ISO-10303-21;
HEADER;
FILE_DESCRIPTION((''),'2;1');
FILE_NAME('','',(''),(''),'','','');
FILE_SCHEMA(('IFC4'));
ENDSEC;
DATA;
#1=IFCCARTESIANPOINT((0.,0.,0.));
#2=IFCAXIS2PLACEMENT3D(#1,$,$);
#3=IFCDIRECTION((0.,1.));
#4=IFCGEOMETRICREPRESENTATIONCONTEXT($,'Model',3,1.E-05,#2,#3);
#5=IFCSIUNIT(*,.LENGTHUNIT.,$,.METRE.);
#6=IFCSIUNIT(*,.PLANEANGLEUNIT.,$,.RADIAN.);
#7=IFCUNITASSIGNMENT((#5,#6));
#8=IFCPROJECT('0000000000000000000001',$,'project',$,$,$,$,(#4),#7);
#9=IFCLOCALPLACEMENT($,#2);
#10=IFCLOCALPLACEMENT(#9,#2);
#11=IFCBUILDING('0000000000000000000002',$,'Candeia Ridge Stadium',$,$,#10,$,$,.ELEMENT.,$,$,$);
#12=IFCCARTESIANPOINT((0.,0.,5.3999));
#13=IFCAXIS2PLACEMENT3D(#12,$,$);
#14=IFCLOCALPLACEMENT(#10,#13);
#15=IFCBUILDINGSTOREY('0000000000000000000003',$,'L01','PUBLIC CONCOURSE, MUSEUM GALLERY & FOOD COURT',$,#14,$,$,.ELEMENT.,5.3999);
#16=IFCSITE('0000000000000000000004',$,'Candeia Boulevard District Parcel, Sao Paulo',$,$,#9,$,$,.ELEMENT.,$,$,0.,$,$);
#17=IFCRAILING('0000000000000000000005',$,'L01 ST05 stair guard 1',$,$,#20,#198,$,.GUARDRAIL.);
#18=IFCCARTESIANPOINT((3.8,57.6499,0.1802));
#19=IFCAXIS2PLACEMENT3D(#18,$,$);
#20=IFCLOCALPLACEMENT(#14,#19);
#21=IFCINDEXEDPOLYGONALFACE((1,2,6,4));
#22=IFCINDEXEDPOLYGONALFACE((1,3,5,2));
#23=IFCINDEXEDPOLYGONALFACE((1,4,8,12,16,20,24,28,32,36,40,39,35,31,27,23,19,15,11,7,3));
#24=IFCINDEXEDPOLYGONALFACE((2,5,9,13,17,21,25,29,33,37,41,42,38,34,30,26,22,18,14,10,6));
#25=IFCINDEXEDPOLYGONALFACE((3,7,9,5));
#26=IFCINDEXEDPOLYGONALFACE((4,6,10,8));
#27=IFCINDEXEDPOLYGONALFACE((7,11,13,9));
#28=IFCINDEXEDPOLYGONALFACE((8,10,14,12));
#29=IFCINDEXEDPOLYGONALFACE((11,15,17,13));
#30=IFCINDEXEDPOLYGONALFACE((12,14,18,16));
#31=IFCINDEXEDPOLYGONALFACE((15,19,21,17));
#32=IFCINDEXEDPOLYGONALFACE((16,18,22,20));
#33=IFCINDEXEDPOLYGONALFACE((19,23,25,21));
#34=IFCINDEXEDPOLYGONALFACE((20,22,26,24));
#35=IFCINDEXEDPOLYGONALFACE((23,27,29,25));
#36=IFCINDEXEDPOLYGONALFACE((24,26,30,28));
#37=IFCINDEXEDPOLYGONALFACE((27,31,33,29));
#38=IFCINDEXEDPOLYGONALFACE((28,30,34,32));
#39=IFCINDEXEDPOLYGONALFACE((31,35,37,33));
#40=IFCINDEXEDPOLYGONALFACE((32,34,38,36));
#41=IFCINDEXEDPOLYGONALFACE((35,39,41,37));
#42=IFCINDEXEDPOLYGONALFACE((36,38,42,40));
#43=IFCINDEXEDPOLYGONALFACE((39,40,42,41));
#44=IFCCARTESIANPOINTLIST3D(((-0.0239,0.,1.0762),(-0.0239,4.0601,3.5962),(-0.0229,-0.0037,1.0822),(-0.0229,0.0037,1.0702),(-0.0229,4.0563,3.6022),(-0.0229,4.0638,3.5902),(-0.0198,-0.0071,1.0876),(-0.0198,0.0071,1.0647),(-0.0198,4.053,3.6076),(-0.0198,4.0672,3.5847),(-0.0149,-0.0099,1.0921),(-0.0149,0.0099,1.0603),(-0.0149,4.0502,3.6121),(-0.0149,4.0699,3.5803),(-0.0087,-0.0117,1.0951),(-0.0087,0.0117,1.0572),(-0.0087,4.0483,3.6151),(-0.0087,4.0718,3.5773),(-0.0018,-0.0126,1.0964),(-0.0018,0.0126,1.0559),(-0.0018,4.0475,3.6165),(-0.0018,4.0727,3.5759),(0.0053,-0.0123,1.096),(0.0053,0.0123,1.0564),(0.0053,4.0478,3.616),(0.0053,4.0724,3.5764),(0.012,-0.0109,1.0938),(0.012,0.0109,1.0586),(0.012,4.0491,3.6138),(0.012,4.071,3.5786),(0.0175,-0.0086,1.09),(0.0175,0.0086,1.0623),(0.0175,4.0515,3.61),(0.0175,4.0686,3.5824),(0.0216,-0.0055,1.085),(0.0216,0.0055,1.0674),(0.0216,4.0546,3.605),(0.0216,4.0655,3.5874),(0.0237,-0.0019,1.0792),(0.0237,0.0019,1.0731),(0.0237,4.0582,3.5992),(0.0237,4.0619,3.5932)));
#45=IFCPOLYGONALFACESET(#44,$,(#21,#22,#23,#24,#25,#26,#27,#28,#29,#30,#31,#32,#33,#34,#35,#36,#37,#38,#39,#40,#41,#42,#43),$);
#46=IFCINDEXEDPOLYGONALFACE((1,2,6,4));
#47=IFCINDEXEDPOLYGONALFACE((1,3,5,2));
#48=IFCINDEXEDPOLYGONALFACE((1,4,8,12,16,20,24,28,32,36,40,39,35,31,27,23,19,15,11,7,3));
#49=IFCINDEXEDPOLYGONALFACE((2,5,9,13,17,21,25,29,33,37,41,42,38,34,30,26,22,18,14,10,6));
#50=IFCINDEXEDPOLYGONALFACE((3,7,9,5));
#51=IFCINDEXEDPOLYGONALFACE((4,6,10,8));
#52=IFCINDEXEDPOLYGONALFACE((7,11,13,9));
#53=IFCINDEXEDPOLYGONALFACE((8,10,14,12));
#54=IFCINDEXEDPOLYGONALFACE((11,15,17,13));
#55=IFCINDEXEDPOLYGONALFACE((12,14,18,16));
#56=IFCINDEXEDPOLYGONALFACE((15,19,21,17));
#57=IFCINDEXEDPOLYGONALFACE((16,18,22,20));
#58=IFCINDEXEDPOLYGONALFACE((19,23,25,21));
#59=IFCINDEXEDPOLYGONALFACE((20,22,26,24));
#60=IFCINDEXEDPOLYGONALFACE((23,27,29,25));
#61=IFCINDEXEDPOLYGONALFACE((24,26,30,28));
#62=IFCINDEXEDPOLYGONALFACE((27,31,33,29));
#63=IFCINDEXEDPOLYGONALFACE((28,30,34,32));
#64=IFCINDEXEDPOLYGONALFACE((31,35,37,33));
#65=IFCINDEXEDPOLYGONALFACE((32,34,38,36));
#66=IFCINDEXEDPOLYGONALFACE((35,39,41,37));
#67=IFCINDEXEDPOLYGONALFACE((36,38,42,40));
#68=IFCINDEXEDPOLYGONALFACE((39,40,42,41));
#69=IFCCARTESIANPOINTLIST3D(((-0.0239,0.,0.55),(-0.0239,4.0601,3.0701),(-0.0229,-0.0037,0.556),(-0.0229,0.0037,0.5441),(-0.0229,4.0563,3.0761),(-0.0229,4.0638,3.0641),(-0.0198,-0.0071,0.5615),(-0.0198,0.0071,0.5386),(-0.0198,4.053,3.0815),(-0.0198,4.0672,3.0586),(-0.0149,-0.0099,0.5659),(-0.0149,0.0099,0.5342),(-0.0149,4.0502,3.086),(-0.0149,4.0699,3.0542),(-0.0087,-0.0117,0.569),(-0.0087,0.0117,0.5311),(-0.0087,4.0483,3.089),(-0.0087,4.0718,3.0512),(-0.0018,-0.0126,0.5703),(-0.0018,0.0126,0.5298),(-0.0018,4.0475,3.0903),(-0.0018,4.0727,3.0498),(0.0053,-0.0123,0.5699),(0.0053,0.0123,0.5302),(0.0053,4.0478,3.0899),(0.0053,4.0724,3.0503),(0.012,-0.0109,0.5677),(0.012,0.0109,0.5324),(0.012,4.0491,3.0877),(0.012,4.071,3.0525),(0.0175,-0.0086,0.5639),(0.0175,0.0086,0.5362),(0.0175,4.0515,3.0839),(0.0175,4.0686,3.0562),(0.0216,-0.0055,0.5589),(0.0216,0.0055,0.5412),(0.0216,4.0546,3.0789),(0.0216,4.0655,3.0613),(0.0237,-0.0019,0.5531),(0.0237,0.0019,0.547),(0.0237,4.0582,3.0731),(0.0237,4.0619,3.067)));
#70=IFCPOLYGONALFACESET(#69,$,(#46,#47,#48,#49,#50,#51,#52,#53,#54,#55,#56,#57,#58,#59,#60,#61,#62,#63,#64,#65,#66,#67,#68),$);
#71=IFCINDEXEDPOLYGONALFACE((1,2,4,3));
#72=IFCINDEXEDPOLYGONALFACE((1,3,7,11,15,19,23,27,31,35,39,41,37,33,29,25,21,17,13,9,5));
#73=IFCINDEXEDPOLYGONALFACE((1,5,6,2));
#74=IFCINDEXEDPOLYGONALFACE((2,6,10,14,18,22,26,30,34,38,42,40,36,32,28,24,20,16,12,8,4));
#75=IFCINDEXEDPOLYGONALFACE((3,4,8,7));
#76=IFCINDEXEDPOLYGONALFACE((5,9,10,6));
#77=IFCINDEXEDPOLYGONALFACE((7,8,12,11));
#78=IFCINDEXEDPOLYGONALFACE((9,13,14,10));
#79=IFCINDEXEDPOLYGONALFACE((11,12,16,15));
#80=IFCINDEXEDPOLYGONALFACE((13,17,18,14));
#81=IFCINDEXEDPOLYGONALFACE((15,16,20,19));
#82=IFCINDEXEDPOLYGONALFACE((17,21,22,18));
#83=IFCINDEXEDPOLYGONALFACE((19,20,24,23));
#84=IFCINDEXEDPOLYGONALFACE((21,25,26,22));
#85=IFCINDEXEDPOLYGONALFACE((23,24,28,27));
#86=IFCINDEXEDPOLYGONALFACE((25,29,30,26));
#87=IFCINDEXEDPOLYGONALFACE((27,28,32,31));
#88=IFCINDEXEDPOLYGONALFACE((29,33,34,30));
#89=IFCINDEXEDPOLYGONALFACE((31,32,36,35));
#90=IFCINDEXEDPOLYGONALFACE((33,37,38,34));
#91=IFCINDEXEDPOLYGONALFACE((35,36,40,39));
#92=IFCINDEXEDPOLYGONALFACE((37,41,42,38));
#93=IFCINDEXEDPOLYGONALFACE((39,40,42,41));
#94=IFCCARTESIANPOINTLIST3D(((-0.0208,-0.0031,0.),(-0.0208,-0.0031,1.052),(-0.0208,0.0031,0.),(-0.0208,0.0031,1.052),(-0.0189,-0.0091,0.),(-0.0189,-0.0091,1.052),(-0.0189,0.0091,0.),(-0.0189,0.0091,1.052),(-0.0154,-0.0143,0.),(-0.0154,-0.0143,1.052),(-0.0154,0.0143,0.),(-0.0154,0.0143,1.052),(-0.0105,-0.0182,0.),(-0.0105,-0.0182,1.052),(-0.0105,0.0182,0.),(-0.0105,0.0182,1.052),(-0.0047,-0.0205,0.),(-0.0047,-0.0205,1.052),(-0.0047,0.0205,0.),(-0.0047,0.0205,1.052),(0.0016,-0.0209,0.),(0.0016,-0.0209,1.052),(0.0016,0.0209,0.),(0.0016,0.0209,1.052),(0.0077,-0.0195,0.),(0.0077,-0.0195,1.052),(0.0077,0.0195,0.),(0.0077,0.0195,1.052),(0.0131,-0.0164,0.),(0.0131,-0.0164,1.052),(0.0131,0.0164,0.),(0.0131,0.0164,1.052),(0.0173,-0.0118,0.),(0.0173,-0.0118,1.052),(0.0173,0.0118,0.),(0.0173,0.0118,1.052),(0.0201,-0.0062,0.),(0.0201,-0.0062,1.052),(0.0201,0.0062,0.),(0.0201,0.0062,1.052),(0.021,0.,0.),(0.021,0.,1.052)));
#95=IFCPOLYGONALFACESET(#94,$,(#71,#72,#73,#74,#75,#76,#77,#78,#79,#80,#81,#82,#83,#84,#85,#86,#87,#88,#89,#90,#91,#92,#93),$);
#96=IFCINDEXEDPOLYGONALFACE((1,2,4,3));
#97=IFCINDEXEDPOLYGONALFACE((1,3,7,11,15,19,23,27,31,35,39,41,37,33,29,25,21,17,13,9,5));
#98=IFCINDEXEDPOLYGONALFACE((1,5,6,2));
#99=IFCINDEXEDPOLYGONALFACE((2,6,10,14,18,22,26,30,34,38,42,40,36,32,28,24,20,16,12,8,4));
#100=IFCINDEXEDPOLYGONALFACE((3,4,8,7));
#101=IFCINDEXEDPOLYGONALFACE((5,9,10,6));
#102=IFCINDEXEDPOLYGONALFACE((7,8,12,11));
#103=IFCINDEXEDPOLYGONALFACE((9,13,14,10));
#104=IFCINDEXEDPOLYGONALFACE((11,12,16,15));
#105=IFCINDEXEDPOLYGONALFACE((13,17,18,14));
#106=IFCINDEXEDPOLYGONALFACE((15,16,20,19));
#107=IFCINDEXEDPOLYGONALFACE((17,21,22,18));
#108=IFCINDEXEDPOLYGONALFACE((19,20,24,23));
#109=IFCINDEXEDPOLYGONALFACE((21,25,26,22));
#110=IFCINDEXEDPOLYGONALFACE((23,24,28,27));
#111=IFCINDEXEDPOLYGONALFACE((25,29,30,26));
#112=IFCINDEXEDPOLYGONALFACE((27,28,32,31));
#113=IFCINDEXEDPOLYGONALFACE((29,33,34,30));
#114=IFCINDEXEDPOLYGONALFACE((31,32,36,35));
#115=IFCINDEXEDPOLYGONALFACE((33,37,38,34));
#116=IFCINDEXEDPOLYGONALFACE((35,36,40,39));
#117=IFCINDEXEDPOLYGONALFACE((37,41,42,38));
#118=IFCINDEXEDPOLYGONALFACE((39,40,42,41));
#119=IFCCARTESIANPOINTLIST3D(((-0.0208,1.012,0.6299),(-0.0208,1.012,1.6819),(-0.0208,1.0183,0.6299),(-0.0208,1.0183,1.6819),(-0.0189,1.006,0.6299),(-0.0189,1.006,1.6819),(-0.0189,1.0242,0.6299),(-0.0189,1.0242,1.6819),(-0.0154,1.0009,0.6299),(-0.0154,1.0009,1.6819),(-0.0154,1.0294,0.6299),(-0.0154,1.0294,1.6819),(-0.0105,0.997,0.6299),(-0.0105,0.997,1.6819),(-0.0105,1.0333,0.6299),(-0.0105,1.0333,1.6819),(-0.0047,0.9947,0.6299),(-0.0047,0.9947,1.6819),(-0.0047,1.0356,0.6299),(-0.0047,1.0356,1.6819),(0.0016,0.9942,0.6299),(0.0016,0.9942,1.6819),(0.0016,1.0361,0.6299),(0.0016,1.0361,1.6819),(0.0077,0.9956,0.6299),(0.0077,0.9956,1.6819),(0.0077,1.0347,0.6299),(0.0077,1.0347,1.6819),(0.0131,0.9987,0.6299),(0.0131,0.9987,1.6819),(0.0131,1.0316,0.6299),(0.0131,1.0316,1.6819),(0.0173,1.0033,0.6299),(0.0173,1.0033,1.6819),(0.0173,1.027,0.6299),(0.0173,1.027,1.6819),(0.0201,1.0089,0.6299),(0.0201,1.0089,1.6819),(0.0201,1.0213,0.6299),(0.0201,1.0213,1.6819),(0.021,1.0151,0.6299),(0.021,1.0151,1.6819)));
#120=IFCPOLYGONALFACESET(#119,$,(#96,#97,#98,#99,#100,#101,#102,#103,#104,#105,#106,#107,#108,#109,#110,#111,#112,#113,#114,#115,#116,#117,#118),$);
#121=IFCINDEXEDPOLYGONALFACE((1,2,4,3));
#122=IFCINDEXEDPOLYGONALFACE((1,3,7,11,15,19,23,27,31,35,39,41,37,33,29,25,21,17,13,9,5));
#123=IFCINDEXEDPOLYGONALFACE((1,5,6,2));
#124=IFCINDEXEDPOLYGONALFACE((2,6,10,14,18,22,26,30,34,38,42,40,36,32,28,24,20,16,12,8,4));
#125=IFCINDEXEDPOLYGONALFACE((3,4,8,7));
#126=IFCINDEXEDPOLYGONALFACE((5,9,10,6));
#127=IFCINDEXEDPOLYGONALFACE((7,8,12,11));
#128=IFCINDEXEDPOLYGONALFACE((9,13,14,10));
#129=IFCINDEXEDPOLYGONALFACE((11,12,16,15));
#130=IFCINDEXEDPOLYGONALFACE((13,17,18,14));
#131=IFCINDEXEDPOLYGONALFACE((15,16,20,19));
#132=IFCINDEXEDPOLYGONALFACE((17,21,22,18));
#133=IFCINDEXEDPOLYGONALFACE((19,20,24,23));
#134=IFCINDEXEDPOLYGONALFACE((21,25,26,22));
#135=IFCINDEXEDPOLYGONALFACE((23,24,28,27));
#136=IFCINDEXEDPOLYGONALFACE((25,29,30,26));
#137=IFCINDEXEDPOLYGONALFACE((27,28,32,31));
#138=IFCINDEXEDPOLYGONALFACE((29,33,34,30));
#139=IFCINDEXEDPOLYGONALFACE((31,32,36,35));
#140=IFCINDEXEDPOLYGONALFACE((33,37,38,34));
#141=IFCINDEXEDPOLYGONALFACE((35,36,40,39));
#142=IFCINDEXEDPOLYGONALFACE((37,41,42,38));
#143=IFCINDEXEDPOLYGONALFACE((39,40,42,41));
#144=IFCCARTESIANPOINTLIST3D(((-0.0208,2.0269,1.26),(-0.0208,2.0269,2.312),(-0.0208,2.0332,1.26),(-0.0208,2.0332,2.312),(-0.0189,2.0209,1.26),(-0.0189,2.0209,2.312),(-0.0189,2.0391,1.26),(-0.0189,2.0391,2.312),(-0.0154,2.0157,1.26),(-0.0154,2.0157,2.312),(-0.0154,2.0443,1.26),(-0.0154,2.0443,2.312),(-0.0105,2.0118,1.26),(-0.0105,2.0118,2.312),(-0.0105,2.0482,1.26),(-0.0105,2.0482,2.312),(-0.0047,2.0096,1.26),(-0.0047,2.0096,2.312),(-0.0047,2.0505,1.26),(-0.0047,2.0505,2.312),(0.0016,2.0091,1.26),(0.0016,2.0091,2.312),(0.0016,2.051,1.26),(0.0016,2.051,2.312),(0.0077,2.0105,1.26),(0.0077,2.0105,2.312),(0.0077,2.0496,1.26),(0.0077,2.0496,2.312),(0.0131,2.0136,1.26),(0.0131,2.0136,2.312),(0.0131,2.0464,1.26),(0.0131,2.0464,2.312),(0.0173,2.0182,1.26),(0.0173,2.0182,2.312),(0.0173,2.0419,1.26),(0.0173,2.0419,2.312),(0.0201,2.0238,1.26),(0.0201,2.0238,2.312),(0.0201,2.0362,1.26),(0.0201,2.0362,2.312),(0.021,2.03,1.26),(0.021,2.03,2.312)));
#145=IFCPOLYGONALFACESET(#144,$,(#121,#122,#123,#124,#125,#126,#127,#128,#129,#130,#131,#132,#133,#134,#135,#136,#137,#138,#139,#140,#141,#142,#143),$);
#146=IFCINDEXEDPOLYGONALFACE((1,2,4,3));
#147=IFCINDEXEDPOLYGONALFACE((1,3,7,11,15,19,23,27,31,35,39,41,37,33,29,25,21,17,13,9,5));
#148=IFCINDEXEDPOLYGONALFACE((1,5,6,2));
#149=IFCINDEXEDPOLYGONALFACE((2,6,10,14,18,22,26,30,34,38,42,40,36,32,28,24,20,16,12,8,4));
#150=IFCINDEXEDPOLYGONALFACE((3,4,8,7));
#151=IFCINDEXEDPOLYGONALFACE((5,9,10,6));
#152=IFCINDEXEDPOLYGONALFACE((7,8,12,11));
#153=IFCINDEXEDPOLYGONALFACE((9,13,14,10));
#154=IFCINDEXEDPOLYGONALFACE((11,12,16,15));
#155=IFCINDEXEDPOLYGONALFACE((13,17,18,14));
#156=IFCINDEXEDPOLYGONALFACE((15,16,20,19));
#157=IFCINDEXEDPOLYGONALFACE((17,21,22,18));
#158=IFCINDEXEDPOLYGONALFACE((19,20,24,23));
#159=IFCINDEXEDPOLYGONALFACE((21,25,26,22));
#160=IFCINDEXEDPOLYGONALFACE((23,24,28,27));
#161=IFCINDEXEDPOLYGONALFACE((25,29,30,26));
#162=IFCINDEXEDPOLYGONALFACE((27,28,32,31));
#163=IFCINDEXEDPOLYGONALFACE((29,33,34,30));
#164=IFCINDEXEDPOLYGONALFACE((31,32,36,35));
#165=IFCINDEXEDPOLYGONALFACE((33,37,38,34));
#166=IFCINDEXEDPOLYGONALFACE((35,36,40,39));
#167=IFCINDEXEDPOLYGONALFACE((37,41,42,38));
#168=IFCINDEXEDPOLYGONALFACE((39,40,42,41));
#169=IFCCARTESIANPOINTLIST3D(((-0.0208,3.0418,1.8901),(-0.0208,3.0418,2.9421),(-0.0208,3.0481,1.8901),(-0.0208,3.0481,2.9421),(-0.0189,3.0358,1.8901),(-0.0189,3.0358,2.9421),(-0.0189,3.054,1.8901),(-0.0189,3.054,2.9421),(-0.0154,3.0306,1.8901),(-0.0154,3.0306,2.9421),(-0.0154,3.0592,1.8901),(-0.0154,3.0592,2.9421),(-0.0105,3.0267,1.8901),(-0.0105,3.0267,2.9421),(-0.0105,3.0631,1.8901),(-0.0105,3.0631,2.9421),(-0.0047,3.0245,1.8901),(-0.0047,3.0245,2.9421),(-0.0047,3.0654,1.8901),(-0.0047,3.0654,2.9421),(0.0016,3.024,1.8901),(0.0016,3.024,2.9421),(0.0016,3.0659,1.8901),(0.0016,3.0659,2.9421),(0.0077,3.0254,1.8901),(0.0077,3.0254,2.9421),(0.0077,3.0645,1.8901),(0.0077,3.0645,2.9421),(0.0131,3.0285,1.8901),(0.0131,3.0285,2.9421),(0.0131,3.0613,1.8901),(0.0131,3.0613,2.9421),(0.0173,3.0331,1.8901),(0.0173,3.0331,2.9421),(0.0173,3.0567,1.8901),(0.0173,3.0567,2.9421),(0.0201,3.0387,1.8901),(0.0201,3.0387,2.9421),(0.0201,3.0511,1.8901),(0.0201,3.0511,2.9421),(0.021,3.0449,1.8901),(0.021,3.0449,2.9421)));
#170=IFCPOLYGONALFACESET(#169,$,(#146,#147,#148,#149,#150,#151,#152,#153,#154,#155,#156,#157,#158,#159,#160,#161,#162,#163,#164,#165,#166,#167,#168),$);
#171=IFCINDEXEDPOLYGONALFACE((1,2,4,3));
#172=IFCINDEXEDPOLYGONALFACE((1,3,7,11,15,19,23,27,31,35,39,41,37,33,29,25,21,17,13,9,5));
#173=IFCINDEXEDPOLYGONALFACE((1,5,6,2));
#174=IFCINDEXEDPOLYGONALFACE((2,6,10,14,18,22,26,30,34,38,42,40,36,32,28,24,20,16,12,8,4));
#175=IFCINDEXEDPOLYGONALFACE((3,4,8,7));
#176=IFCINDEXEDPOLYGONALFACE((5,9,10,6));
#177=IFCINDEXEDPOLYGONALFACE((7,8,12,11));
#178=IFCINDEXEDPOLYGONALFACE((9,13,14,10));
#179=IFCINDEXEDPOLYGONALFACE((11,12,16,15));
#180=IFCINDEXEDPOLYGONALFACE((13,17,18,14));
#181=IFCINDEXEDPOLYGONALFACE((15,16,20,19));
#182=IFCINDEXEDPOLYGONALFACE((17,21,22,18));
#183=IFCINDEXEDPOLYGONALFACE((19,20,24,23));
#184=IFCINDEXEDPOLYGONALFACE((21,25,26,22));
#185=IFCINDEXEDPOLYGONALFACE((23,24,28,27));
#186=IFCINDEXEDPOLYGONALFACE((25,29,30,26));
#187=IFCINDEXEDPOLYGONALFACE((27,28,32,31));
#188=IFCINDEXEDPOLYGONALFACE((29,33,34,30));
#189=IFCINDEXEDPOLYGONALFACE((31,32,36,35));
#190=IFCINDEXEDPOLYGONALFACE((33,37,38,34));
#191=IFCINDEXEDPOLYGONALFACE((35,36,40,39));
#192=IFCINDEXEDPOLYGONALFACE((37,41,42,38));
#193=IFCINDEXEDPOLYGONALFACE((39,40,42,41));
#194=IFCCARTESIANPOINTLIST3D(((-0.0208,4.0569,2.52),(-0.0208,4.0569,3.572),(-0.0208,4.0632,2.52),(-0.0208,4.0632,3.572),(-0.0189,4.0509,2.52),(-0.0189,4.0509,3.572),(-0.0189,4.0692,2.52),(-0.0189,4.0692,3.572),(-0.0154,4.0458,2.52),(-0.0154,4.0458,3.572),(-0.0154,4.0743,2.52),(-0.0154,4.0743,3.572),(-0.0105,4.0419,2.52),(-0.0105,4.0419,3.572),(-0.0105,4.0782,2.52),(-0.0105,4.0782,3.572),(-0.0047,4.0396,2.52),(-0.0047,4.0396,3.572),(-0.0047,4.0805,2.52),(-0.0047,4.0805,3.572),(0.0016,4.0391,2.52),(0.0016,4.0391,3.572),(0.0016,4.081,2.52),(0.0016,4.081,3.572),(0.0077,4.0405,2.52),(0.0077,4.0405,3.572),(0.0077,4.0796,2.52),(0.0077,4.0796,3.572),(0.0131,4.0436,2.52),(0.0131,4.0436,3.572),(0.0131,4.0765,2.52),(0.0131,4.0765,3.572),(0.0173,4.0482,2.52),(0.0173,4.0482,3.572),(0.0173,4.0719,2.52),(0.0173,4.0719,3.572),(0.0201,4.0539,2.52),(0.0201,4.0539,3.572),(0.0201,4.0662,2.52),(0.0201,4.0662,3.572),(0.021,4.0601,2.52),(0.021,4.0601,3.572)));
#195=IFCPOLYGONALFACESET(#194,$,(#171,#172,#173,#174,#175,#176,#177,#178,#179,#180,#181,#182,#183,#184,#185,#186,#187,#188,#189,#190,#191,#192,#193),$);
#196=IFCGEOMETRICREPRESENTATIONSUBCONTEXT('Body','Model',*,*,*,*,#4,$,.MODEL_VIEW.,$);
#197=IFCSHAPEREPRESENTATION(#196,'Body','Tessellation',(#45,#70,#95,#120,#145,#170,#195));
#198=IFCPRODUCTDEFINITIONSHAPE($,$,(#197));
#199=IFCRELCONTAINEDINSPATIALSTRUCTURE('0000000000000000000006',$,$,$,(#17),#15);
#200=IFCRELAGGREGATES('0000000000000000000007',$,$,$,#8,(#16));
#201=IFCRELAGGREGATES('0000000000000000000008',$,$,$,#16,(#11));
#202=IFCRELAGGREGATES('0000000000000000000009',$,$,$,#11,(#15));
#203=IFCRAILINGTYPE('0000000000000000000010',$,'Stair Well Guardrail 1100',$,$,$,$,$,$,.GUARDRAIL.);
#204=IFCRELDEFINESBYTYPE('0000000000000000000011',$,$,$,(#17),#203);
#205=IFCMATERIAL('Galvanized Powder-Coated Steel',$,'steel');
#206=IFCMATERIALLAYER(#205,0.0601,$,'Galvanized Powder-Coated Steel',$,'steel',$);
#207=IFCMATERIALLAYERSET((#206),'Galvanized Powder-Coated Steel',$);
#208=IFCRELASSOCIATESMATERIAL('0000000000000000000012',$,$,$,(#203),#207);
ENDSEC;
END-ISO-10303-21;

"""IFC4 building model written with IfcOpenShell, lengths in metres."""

from ifc_helpers import new_model, si_unit, direction, frame, origin, origin_2d, place, context, subcontext, project, spatial, circle, extrude, material, layer, layer_set, type_object, element, save


model = new_model("IFC4")

# Units and contexts
model_context = context("Model", 3, precision=1e-05, world=origin(), true_north=direction((0.0, 1.0)))
body_context = subcontext(model_context, "Body", "Model", "MODEL_VIEW")
ifc_project = project(units=[si_unit("LENGTHUNIT", "METRE"), si_unit("PLANEANGLEUNIT", "RADIAN")], contexts=[model_context])

# Site, building, storey
site_placement = place(None, origin())
site = spatial("IfcSite", under=ifc_project, at=site_placement, Name="Candeia Boulevard District Parcel, Sao Paulo", CompositionType="ELEMENT", RefElevation=0.0)
building_placement = place(site_placement, origin())
building = spatial("IfcBuilding", under=site, at=building_placement, Name="Candeia Ridge Stadium", CompositionType="ELEMENT")
storey_placement = place(building_placement, frame((0.0, 0.0, 5.3999)))
storey = spatial("IfcBuildingStorey", under=building, at=storey_placement, Name="L01", Description="PUBLIC CONCOURSE, MUSEUM GALLERY & FOOD COURT", CompositionType="ELEMENT", Elevation=5.3999)

# Railing
ifc_material_1 = material(Name="Galvanized Powder-Coated Steel", Category="steel")
ifc_layer_1 = layer(ifc_material_1, 0.0601, Name="Galvanized Powder-Coated Steel", Category="steel")
ifc_layer_set_1 = layer_set([ifc_layer_1], Name="Galvanized Powder-Coated Steel")
railing_type_1 = type_object("IfcRailingType", Name="Stair Well Guardrail 1100", PredefinedType="GUARDRAIL", material=ifc_layer_set_1)
railing_1_placement = place(storey_placement, frame((3.8, 57.6499, 0.1802)))
element("IfcRailing", 1, at=railing_1_placement, inside=storey, type_object=railing_type_1, Name="L01 ST05 stair guard 1", PredefinedType="GUARDRAIL", context=body_context, shape_type="SweptSolid", body=[
    extrude(circle(Radius=0.0239, at=origin_2d()), frame((0.0, 0.0, 1.0762), z_axis=(0.0, 0.849642, 0.52736), x_axis=(-1.0, 0.0, 0.0)), (0.0, 0.0, 1.0), 4.7786),
    extrude(circle(Radius=0.0239, at=origin_2d()), frame((0.0, 0.0, 0.55), z_axis=(0.0, 0.849642, 0.52736), x_axis=(-1.0, 0.0, 0.0)), (0.0, 0.0, 1.0), 4.7786),
    extrude(circle(Radius=0.021, at=origin_2d()), origin(), (0.0, 0.0, 1.0), 1.052),
    extrude(circle(Radius=0.021, at=origin_2d()), frame((0.0, 1.0151, 0.6299)), (0.0, 0.0, 1.0), 1.052),
    extrude(circle(Radius=0.021, at=origin_2d()), frame((0.0, 2.03, 1.26)), (0.0, 0.0, 1.0), 1.052),
    extrude(circle(Radius=0.021, at=origin_2d()), frame((0.0, 3.0449, 1.8901)), (0.0, 0.0, 1.0), 1.052),
    extrude(circle(Radius=0.021, at=origin_2d()), frame((0.0, 4.0601, 2.52)), (0.0, 0.0, 1.0), 1.052),
])

save(model, "model.ifc")
